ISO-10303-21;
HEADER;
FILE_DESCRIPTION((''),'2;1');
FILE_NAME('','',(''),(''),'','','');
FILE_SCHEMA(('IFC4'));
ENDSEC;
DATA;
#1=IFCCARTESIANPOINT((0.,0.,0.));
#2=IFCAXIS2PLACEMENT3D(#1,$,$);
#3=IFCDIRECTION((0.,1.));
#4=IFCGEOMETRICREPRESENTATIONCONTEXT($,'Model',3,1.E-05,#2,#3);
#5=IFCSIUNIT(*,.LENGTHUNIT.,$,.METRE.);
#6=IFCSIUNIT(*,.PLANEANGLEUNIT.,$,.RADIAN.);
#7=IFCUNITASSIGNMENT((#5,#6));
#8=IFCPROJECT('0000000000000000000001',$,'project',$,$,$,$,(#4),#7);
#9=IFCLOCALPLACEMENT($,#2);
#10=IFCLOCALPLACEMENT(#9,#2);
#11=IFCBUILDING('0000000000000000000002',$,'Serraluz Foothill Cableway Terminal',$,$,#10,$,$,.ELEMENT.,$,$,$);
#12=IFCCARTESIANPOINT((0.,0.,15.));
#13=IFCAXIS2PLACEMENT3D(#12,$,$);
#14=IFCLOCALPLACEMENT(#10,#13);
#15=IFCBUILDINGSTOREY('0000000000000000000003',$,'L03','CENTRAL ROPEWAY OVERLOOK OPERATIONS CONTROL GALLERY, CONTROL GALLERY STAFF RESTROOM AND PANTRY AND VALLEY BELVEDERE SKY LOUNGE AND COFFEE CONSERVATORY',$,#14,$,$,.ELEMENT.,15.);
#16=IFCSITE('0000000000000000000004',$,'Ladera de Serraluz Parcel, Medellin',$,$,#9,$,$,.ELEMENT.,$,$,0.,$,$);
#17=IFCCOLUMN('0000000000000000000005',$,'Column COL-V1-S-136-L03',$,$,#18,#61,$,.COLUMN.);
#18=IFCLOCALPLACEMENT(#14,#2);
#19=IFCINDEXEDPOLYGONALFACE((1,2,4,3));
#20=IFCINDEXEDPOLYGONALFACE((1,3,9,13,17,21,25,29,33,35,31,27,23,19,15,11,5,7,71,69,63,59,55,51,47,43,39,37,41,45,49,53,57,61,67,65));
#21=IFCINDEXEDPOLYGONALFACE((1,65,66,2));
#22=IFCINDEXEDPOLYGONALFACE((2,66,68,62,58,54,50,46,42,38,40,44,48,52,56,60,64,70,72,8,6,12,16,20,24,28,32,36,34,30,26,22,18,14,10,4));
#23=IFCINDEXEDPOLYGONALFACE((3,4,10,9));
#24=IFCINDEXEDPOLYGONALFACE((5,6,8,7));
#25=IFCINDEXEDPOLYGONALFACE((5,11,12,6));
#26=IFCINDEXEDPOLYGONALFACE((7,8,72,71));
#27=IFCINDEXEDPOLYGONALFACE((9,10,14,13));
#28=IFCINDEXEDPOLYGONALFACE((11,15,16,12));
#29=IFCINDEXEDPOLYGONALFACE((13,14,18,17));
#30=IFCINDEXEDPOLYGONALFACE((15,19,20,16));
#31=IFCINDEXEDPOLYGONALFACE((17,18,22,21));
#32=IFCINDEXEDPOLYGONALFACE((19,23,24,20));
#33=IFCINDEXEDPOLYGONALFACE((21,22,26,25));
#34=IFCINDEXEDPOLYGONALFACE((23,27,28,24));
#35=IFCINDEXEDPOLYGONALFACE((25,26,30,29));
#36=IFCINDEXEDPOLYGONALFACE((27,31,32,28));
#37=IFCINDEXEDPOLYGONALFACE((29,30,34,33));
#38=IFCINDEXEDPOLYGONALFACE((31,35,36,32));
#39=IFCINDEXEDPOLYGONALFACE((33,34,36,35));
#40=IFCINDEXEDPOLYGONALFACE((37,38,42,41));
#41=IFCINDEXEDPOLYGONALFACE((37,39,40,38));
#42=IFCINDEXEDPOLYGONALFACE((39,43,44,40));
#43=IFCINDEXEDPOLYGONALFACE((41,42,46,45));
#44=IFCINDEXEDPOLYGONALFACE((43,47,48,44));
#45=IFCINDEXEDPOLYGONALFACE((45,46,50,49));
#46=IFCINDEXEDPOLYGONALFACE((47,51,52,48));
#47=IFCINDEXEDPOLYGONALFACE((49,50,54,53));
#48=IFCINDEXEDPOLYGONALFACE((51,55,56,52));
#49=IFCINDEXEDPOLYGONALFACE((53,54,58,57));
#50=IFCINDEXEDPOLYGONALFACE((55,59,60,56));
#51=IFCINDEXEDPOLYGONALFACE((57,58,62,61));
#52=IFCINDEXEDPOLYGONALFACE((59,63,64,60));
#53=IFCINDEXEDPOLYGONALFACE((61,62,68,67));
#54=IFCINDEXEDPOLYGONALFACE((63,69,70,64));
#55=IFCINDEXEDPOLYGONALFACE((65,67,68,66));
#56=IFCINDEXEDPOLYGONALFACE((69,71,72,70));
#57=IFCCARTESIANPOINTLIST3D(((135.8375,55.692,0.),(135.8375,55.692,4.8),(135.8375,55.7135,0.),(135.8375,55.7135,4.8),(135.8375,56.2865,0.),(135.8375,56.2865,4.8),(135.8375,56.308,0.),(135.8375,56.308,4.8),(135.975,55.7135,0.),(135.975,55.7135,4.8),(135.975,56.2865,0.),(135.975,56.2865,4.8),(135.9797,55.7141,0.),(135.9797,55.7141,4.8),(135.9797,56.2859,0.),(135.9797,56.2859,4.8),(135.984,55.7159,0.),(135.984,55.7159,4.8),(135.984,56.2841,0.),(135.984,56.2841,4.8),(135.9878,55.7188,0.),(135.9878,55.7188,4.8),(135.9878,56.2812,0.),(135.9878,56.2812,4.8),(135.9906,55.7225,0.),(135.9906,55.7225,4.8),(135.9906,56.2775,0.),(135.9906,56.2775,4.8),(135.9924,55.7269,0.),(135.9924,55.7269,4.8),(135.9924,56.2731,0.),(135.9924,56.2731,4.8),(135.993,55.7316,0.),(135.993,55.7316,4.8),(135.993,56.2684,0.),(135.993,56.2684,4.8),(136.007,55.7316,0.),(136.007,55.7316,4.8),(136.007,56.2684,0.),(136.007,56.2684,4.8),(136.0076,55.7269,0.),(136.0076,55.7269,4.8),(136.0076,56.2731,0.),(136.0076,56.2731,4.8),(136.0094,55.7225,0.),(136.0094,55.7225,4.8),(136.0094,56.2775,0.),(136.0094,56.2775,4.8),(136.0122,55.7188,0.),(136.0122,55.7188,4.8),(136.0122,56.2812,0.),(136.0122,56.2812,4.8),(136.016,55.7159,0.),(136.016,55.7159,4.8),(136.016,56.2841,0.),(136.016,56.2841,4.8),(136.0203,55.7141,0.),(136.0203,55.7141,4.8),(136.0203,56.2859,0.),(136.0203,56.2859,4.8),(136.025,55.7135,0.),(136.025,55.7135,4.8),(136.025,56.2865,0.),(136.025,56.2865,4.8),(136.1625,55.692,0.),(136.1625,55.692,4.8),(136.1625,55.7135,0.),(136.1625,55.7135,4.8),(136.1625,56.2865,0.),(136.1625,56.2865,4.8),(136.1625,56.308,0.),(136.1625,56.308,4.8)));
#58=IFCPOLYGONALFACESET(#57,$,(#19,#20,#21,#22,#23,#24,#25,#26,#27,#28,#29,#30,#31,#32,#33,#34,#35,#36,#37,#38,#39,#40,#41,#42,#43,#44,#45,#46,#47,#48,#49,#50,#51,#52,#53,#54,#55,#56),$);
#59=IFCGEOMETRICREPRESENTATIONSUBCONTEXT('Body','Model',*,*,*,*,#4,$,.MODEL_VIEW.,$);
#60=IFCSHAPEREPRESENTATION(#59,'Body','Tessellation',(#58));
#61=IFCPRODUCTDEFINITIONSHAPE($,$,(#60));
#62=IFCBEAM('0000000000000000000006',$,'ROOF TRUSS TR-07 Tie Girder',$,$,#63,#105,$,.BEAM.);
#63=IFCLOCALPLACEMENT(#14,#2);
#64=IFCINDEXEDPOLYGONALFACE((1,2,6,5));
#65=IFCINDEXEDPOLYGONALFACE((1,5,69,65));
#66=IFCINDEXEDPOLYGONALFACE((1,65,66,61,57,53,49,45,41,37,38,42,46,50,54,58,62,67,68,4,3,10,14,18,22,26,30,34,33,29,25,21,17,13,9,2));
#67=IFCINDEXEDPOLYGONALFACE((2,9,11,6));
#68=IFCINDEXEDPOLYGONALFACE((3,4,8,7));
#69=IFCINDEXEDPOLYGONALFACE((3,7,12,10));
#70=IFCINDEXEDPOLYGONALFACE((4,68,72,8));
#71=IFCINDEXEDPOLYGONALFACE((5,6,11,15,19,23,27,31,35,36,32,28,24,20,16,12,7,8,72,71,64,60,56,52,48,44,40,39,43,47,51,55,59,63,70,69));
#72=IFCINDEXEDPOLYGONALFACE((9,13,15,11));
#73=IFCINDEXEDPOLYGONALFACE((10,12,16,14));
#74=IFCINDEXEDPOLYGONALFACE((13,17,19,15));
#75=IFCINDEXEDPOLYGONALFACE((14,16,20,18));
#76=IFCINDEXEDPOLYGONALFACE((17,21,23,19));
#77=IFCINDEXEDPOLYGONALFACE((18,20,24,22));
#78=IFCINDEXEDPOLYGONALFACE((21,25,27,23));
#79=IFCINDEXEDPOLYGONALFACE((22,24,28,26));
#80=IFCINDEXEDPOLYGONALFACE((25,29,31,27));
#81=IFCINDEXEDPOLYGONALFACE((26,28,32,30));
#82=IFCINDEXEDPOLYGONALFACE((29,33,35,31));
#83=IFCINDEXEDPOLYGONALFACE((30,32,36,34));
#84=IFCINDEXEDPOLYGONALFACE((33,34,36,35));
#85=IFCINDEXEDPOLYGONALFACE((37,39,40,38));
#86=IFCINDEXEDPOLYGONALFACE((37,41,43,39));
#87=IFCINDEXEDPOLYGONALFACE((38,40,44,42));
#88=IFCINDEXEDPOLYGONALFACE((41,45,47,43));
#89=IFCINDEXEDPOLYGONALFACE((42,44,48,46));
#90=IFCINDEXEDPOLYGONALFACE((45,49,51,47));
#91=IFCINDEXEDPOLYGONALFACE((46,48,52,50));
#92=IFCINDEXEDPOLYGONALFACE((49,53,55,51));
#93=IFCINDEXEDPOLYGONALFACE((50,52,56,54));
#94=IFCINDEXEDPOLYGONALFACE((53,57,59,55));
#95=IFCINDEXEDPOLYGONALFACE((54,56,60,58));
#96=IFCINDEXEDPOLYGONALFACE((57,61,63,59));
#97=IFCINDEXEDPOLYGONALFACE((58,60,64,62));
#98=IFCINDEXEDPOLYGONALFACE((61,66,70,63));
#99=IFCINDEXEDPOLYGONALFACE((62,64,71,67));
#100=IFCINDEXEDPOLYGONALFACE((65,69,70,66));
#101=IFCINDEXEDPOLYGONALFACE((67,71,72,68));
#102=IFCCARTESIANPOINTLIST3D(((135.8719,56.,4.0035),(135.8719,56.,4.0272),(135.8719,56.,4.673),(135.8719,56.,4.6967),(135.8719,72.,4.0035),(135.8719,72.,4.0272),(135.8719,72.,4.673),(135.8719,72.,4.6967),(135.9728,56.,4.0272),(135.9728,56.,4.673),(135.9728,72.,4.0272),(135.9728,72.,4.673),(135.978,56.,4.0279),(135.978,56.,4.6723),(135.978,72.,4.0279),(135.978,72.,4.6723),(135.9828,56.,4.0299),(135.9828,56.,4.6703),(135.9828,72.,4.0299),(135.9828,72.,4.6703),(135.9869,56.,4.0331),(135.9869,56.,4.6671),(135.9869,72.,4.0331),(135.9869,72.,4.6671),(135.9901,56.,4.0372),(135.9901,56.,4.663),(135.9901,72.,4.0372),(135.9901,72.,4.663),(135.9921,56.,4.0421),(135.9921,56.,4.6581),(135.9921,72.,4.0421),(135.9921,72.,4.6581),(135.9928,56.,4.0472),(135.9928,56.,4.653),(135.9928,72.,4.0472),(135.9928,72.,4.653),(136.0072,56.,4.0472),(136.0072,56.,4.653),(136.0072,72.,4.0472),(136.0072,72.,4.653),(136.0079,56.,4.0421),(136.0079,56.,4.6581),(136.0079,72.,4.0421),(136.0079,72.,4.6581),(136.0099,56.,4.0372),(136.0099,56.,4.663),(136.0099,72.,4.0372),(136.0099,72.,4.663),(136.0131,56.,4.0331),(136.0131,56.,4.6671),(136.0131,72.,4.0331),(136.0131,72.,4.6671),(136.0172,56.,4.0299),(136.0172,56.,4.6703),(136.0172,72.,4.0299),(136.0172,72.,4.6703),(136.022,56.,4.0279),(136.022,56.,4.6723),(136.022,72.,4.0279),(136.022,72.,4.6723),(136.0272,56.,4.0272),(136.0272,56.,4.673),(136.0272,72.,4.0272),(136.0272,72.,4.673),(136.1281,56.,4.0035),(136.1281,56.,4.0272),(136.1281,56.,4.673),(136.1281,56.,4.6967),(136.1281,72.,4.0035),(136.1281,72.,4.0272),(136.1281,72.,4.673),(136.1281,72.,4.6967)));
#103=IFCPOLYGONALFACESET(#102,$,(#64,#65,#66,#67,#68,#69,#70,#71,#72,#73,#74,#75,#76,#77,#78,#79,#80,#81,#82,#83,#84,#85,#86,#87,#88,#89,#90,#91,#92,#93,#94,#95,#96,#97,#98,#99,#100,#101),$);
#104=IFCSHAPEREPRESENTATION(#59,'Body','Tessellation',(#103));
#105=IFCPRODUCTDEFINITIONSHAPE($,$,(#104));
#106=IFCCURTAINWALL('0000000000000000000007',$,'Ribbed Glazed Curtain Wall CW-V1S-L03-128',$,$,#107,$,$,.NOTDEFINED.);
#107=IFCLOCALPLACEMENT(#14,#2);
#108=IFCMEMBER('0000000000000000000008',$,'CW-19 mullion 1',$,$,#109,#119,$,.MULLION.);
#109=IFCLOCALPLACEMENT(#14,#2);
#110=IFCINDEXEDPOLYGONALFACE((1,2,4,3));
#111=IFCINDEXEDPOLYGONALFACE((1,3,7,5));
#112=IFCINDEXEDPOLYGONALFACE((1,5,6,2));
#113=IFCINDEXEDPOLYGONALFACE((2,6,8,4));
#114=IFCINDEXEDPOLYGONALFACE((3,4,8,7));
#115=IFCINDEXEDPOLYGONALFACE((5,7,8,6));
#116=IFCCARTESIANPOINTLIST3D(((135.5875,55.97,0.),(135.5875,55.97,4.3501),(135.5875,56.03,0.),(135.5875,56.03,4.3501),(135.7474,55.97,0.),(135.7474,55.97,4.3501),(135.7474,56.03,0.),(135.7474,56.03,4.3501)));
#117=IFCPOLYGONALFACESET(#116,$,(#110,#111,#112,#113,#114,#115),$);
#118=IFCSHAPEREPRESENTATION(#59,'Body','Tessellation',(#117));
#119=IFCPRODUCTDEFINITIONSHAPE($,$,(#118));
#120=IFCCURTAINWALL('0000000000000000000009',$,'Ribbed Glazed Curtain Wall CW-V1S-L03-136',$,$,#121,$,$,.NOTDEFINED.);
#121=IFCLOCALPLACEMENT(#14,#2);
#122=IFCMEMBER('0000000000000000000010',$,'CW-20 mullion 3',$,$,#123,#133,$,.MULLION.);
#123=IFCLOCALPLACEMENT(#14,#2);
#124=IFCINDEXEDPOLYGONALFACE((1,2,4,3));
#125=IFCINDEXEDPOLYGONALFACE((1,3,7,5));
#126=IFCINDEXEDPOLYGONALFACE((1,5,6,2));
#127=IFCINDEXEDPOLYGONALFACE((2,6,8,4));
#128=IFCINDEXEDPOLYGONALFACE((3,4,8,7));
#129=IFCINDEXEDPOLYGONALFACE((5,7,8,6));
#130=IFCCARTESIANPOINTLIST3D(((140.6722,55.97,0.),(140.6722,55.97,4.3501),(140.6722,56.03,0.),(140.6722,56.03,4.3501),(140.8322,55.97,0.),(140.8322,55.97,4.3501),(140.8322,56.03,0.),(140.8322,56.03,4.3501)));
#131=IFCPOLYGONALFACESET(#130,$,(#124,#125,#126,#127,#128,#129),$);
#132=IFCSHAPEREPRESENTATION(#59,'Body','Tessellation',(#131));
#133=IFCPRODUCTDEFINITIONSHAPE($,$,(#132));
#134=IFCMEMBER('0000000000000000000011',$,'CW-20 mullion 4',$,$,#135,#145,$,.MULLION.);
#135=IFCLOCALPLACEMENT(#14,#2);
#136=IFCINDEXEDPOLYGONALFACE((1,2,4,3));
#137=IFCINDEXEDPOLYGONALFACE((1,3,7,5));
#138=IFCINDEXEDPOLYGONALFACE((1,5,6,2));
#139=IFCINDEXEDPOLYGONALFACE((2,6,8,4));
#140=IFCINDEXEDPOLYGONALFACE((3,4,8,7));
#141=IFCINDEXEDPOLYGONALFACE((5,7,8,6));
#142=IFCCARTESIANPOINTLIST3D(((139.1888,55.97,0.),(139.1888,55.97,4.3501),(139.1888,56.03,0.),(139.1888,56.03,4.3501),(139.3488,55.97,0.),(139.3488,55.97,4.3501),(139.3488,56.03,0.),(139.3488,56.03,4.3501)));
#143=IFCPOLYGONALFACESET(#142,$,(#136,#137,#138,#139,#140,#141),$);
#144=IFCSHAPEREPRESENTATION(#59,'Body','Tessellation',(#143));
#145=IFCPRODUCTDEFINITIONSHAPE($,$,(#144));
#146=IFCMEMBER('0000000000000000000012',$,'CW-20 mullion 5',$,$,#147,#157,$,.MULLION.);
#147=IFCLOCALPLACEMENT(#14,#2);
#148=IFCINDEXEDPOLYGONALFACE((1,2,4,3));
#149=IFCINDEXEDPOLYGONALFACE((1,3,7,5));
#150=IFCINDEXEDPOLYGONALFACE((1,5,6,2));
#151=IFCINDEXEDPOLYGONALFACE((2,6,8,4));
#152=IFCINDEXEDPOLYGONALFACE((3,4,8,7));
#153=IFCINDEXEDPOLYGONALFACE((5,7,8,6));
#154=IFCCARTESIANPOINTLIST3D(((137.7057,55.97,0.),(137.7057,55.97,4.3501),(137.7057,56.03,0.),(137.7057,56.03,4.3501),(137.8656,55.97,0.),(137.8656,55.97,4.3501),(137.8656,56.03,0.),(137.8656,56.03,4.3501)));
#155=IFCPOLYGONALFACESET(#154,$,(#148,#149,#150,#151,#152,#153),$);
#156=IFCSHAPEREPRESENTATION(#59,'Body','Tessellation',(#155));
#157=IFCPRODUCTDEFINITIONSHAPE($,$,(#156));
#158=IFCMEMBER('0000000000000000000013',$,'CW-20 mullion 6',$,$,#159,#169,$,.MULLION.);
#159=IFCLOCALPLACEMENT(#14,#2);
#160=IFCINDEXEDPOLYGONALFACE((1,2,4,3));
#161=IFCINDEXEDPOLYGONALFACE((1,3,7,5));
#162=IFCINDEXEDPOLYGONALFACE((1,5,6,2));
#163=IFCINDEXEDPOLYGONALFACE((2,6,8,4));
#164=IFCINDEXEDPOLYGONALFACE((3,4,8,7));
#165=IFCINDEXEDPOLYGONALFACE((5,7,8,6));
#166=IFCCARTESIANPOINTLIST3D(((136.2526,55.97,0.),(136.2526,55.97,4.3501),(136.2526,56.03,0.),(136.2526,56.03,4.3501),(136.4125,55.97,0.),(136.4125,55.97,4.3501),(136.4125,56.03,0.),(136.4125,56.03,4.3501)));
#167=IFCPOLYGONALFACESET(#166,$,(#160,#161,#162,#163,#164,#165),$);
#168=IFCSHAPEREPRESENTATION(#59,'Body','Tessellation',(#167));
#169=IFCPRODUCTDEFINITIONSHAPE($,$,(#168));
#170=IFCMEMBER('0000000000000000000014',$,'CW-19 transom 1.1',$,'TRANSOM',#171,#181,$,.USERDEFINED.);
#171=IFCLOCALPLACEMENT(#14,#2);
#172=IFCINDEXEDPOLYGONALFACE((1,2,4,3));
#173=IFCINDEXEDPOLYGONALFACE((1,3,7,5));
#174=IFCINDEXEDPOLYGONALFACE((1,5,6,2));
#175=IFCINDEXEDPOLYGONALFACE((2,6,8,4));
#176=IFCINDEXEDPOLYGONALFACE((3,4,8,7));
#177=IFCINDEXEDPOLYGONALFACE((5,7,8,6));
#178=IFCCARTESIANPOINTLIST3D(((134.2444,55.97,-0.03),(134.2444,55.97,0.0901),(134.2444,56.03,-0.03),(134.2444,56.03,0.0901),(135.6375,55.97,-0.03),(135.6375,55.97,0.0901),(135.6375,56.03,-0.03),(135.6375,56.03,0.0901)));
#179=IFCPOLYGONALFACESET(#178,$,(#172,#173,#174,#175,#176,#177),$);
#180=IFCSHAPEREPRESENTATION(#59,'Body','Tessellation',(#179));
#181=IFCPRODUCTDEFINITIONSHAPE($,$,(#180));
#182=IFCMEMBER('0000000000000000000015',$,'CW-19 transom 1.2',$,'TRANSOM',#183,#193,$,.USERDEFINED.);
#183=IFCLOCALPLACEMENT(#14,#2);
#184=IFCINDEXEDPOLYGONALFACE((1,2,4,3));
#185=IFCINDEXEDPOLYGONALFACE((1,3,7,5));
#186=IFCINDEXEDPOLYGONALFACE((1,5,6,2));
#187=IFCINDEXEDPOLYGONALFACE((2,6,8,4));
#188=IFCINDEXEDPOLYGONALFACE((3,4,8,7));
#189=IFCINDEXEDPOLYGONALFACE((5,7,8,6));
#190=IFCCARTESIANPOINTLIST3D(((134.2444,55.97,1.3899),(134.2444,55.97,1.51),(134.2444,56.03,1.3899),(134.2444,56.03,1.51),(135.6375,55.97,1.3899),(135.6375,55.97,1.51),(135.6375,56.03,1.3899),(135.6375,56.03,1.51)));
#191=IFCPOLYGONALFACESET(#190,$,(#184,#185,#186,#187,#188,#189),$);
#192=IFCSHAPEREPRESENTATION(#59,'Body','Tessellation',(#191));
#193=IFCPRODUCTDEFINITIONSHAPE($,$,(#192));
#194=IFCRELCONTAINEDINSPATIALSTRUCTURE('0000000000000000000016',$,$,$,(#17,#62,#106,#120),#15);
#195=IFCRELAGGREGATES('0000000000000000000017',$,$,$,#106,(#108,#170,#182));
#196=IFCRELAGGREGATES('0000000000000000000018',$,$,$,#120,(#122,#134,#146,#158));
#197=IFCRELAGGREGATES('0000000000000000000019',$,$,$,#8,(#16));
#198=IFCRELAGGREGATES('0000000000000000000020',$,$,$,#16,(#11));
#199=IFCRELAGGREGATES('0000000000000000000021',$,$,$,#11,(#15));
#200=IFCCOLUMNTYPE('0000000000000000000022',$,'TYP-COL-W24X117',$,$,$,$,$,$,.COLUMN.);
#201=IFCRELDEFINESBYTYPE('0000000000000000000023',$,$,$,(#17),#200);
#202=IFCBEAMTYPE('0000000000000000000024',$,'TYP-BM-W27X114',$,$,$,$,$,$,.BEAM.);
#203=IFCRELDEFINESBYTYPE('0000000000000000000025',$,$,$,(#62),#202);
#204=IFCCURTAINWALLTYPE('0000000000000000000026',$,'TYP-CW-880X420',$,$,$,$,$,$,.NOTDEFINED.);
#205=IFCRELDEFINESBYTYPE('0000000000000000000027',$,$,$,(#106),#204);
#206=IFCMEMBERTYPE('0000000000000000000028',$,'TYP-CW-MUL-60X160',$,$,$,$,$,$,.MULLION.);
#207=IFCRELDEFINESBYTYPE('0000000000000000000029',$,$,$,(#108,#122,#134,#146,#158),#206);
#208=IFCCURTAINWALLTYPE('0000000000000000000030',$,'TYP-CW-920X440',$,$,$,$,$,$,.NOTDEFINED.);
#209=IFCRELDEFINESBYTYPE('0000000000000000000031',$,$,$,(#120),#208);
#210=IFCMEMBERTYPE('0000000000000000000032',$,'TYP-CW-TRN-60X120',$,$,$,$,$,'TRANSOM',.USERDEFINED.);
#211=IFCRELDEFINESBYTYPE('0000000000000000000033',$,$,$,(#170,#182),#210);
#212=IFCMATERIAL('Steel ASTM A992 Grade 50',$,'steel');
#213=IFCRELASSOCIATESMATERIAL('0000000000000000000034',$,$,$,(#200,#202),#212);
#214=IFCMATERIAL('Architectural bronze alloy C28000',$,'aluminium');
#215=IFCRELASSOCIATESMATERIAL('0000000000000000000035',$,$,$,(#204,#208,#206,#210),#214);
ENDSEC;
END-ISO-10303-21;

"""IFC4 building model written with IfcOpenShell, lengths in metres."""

from ifc_helpers import new_model, si_unit, direction, frame, origin, origin_2d, place, context, subcontext, project, spatial, rectangle, i_section, extrude, material, material_profile, profile_set, type_object, element, aggregate, save


model = new_model("IFC4")

# Units and contexts
model_context = context("Model", 3, precision=1e-05, world=origin(), true_north=direction((0.0, 1.0)))
body_context = subcontext(model_context, "Body", "Model", "MODEL_VIEW")
ifc_project = project(units=[si_unit("LENGTHUNIT", "METRE"), si_unit("PLANEANGLEUNIT", "RADIAN")], contexts=[model_context])

# Site, building, storey
site_placement = place(None, origin())
site = spatial("IfcSite", under=ifc_project, at=site_placement, Name="Ladera de Serraluz Parcel, Medellin", CompositionType="ELEMENT", RefElevation=0.0)
building_placement = place(site_placement, origin())
building = spatial("IfcBuilding", under=site, at=building_placement, Name="Serraluz Foothill Cableway Terminal", CompositionType="ELEMENT")
storey_placement = place(building_placement, frame((0.0, 0.0, 15.0)))
storey = spatial("IfcBuildingStorey", under=building, at=storey_placement, Name="L03", Description="CENTRAL ROPEWAY OVERLOOK OPERATIONS CONTROL GALLERY, CONTROL GALLERY STAFF RESTROOM AND PANTRY AND VALLEY BELVEDERE SKY LOUNGE AND COFFEE CONSERVATORY", CompositionType="ELEMENT", Elevation=15.0)

# Column
ifc_material_1 = material(Name="Steel ASTM A992 Grade 50", Category="steel")
ifc_material_profile_1 = material_profile(ifc_material_1, i_section(OverallWidth=0.325, OverallDepth=0.616, WebThickness=0.0139, FlangeThickness=0.0215, FilletRadius=0.0181, at=origin_2d()), Name="W24X117")
ifc_profile_set_1 = profile_set([ifc_material_profile_1], Name="Steel ASTM A992 Grade 50")
column_type = type_object("IfcColumnType", Name="TYP-COL-W24X117", PredefinedType="COLUMN", material=ifc_profile_set_1)
column_placement = place(storey_placement, frame((136.0, 56.0, 0.0), z_axis=(0.0, 0.0, 1.0), x_axis=(1.0, 0.0, 0.0)))
element("IfcColumn", 1, at=column_placement, inside=storey, type_object=column_type, Name="Column COL-V1-S-136-L03", PredefinedType="COLUMN", context=body_context, shape_type="SweptSolid", body=[
    extrude(i_section(OverallWidth=0.325, OverallDepth=0.616, WebThickness=0.0139, FlangeThickness=0.0215, FilletRadius=0.0181, at=origin_2d()), origin(), (0.0, 0.0, 1.0), 4.8),
])

# Beam
ifc_material_profile_2 = material_profile(ifc_material_1, i_section(OverallWidth=0.2561, OverallDepth=0.6931, WebThickness=0.0144, FlangeThickness=0.0237, FilletRadius=0.02, at=origin_2d()), Name="W27X114")
ifc_profile_set_2 = profile_set([ifc_material_profile_2], Name="Steel ASTM A992 Grade 50")
beam_type_1 = type_object("IfcBeamType", Name="TYP-BM-W27X114", PredefinedType="BEAM", material=ifc_profile_set_2)
beam_1_placement = place(storey_placement, frame((136.0, 56.0, 4.3501), z_axis=(0.0, 1.0, 0.0), x_axis=(-1.0, 0.0, 0.0)))
element("IfcBeam", 2, at=beam_1_placement, inside=storey, type_object=beam_type_1, Name="ROOF TRUSS TR-07 Tie Girder", PredefinedType="BEAM", context=body_context, shape_type="SweptSolid", body=[
    extrude(i_section(OverallWidth=0.2561, OverallDepth=0.6931, WebThickness=0.0144, FlangeThickness=0.0237, FilletRadius=0.02, at=origin_2d()), origin(), (0.0, 0.0, 1.0), 16.0),
])

# Curtain wall, member
ifc_material_2 = material(Name="Architectural bronze alloy C28000", Category="aluminium")
curtain_wall_type_1 = type_object("IfcCurtainWallType", Name="TYP-CW-880X420", PredefinedType="NOTDEFINED", material=ifc_material_2)
curtain_wall_1_placement = place(storey_placement, origin())
curtain_wall_1 = element("IfcCurtainWall", 3, at=curtain_wall_1_placement, inside=storey, type_object=curtain_wall_type_1, Name="Ribbed Glazed Curtain Wall CW-V1S-L03-128", PredefinedType="NOTDEFINED")
ifc_material_profile_3 = material_profile(ifc_material_2, rectangle(XDim=0.0601, YDim=0.1599, at=origin_2d()), Name="ALU MULLION 60x160")
ifc_profile_set_3 = profile_set([ifc_material_profile_3], Name="Architectural bronze alloy C28000")
member_type_1 = type_object("IfcMemberType", Name="TYP-CW-MUL-60X160", PredefinedType="MULLION", material=ifc_profile_set_3)
member_1_placement = place(storey_placement, frame((135.6675, 56.0, 0.0), z_axis=(0.0, 0.0, 1.0), x_axis=(0.0, -1.0, 0.0)))
member_1 = element("IfcMember", 4, at=member_1_placement, type_object=member_type_1, Name="CW-19 mullion 1", PredefinedType="MULLION", context=body_context, shape_type="SweptSolid", body=[
    extrude(rectangle(XDim=0.0601, YDim=0.1599, at=origin_2d()), origin(), (0.0, 0.0, 1.0), 4.3501),
])

# Curtain wall, members
curtain_wall_type_2 = type_object("IfcCurtainWallType", Name="TYP-CW-920X440", PredefinedType="NOTDEFINED", material=ifc_material_2)
curtain_wall_2_placement = place(storey_placement, origin())
curtain_wall_2 = element("IfcCurtainWall", 5, at=curtain_wall_2_placement, inside=storey, type_object=curtain_wall_type_2, Name="Ribbed Glazed Curtain Wall CW-V1S-L03-136", PredefinedType="NOTDEFINED")
member_2_placement = place(storey_placement, frame((140.7522, 56.0, 0.0), z_axis=(0.0, 0.0, 1.0), x_axis=(0.0, -1.0, 0.0)))
member_2 = element("IfcMember", 6, at=member_2_placement, type_object=member_type_1, Name="CW-20 mullion 3", PredefinedType="MULLION", context=body_context, shape_type="SweptSolid", body=[
    extrude(rectangle(XDim=0.0601, YDim=0.1599, at=origin_2d()), origin(), (0.0, 0.0, 1.0), 4.3501),
])
member_3_placement = place(storey_placement, frame((139.2688, 56.0, 0.0), z_axis=(0.0, 0.0, 1.0), x_axis=(0.0, -1.0, 0.0)))
member_3 = element("IfcMember", 7, at=member_3_placement, type_object=member_type_1, Name="CW-20 mullion 4", PredefinedType="MULLION", context=body_context, shape_type="SweptSolid", body=[
    extrude(rectangle(XDim=0.0601, YDim=0.1599, at=origin_2d()), origin(), (0.0, 0.0, 1.0), 4.3501),
])
member_4_placement = place(storey_placement, frame((137.7856, 56.0, 0.0), z_axis=(0.0, 0.0, 1.0), x_axis=(0.0, -1.0, 0.0)))
member_4 = element("IfcMember", 8, at=member_4_placement, type_object=member_type_1, Name="CW-20 mullion 5", PredefinedType="MULLION", context=body_context, shape_type="SweptSolid", body=[
    extrude(rectangle(XDim=0.0601, YDim=0.1599, at=origin_2d()), origin(), (0.0, 0.0, 1.0), 4.3501),
])
member_5_placement = place(storey_placement, frame((136.3325, 56.0, 0.0), z_axis=(0.0, 0.0, 1.0), x_axis=(0.0, -1.0, 0.0)))
member_5 = element("IfcMember", 9, at=member_5_placement, type_object=member_type_1, Name="CW-20 mullion 6", PredefinedType="MULLION", context=body_context, shape_type="SweptSolid", body=[
    extrude(rectangle(XDim=0.0601, YDim=0.1599, at=origin_2d()), origin(), (0.0, 0.0, 1.0), 4.3501),
])

# Members
ifc_material_profile_4 = material_profile(ifc_material_2, rectangle(XDim=0.0601, YDim=0.1201, at=origin_2d()), Name="ALU TRANSOM 60x120")
ifc_profile_set_4 = profile_set([ifc_material_profile_4], Name="Architectural bronze alloy C28000")
member_type_2 = type_object("IfcMemberType", Name="TYP-CW-TRN-60X120", ElementType="TRANSOM", PredefinedType="USERDEFINED", material=ifc_profile_set_4)
member_6_placement = place(storey_placement, frame((135.6375, 56.0, 0.03), z_axis=(-1.0, 0.0, 0.0), x_axis=(0.0, -1.0, 0.0)))
member_6 = element("IfcMember", 10, at=member_6_placement, type_object=member_type_2, Name="CW-19 transom 1.1", ObjectType="TRANSOM", PredefinedType="USERDEFINED", context=body_context, shape_type="SweptSolid", body=[
    extrude(rectangle(XDim=0.0601, YDim=0.1201, at=origin_2d()), origin(), (0.0, 0.0, 1.0), 1.3931),
])
member_7_placement = place(storey_placement, frame((135.6375, 56.0, 1.45), z_axis=(-1.0, 0.0, 0.0), x_axis=(0.0, -1.0, 0.0)))
member_7 = element("IfcMember", 11, at=member_7_placement, type_object=member_type_2, Name="CW-19 transom 1.2", ObjectType="TRANSOM", PredefinedType="USERDEFINED", context=body_context, shape_type="SweptSolid", body=[
    extrude(rectangle(XDim=0.0601, YDim=0.1201, at=origin_2d()), origin(), (0.0, 0.0, 1.0), 1.3931),
])
aggregate(curtain_wall_1, [member_1, member_6, member_7])

aggregate(curtain_wall_2, [member_2, member_3, member_4, member_5])

save(model, "model.ifc")
